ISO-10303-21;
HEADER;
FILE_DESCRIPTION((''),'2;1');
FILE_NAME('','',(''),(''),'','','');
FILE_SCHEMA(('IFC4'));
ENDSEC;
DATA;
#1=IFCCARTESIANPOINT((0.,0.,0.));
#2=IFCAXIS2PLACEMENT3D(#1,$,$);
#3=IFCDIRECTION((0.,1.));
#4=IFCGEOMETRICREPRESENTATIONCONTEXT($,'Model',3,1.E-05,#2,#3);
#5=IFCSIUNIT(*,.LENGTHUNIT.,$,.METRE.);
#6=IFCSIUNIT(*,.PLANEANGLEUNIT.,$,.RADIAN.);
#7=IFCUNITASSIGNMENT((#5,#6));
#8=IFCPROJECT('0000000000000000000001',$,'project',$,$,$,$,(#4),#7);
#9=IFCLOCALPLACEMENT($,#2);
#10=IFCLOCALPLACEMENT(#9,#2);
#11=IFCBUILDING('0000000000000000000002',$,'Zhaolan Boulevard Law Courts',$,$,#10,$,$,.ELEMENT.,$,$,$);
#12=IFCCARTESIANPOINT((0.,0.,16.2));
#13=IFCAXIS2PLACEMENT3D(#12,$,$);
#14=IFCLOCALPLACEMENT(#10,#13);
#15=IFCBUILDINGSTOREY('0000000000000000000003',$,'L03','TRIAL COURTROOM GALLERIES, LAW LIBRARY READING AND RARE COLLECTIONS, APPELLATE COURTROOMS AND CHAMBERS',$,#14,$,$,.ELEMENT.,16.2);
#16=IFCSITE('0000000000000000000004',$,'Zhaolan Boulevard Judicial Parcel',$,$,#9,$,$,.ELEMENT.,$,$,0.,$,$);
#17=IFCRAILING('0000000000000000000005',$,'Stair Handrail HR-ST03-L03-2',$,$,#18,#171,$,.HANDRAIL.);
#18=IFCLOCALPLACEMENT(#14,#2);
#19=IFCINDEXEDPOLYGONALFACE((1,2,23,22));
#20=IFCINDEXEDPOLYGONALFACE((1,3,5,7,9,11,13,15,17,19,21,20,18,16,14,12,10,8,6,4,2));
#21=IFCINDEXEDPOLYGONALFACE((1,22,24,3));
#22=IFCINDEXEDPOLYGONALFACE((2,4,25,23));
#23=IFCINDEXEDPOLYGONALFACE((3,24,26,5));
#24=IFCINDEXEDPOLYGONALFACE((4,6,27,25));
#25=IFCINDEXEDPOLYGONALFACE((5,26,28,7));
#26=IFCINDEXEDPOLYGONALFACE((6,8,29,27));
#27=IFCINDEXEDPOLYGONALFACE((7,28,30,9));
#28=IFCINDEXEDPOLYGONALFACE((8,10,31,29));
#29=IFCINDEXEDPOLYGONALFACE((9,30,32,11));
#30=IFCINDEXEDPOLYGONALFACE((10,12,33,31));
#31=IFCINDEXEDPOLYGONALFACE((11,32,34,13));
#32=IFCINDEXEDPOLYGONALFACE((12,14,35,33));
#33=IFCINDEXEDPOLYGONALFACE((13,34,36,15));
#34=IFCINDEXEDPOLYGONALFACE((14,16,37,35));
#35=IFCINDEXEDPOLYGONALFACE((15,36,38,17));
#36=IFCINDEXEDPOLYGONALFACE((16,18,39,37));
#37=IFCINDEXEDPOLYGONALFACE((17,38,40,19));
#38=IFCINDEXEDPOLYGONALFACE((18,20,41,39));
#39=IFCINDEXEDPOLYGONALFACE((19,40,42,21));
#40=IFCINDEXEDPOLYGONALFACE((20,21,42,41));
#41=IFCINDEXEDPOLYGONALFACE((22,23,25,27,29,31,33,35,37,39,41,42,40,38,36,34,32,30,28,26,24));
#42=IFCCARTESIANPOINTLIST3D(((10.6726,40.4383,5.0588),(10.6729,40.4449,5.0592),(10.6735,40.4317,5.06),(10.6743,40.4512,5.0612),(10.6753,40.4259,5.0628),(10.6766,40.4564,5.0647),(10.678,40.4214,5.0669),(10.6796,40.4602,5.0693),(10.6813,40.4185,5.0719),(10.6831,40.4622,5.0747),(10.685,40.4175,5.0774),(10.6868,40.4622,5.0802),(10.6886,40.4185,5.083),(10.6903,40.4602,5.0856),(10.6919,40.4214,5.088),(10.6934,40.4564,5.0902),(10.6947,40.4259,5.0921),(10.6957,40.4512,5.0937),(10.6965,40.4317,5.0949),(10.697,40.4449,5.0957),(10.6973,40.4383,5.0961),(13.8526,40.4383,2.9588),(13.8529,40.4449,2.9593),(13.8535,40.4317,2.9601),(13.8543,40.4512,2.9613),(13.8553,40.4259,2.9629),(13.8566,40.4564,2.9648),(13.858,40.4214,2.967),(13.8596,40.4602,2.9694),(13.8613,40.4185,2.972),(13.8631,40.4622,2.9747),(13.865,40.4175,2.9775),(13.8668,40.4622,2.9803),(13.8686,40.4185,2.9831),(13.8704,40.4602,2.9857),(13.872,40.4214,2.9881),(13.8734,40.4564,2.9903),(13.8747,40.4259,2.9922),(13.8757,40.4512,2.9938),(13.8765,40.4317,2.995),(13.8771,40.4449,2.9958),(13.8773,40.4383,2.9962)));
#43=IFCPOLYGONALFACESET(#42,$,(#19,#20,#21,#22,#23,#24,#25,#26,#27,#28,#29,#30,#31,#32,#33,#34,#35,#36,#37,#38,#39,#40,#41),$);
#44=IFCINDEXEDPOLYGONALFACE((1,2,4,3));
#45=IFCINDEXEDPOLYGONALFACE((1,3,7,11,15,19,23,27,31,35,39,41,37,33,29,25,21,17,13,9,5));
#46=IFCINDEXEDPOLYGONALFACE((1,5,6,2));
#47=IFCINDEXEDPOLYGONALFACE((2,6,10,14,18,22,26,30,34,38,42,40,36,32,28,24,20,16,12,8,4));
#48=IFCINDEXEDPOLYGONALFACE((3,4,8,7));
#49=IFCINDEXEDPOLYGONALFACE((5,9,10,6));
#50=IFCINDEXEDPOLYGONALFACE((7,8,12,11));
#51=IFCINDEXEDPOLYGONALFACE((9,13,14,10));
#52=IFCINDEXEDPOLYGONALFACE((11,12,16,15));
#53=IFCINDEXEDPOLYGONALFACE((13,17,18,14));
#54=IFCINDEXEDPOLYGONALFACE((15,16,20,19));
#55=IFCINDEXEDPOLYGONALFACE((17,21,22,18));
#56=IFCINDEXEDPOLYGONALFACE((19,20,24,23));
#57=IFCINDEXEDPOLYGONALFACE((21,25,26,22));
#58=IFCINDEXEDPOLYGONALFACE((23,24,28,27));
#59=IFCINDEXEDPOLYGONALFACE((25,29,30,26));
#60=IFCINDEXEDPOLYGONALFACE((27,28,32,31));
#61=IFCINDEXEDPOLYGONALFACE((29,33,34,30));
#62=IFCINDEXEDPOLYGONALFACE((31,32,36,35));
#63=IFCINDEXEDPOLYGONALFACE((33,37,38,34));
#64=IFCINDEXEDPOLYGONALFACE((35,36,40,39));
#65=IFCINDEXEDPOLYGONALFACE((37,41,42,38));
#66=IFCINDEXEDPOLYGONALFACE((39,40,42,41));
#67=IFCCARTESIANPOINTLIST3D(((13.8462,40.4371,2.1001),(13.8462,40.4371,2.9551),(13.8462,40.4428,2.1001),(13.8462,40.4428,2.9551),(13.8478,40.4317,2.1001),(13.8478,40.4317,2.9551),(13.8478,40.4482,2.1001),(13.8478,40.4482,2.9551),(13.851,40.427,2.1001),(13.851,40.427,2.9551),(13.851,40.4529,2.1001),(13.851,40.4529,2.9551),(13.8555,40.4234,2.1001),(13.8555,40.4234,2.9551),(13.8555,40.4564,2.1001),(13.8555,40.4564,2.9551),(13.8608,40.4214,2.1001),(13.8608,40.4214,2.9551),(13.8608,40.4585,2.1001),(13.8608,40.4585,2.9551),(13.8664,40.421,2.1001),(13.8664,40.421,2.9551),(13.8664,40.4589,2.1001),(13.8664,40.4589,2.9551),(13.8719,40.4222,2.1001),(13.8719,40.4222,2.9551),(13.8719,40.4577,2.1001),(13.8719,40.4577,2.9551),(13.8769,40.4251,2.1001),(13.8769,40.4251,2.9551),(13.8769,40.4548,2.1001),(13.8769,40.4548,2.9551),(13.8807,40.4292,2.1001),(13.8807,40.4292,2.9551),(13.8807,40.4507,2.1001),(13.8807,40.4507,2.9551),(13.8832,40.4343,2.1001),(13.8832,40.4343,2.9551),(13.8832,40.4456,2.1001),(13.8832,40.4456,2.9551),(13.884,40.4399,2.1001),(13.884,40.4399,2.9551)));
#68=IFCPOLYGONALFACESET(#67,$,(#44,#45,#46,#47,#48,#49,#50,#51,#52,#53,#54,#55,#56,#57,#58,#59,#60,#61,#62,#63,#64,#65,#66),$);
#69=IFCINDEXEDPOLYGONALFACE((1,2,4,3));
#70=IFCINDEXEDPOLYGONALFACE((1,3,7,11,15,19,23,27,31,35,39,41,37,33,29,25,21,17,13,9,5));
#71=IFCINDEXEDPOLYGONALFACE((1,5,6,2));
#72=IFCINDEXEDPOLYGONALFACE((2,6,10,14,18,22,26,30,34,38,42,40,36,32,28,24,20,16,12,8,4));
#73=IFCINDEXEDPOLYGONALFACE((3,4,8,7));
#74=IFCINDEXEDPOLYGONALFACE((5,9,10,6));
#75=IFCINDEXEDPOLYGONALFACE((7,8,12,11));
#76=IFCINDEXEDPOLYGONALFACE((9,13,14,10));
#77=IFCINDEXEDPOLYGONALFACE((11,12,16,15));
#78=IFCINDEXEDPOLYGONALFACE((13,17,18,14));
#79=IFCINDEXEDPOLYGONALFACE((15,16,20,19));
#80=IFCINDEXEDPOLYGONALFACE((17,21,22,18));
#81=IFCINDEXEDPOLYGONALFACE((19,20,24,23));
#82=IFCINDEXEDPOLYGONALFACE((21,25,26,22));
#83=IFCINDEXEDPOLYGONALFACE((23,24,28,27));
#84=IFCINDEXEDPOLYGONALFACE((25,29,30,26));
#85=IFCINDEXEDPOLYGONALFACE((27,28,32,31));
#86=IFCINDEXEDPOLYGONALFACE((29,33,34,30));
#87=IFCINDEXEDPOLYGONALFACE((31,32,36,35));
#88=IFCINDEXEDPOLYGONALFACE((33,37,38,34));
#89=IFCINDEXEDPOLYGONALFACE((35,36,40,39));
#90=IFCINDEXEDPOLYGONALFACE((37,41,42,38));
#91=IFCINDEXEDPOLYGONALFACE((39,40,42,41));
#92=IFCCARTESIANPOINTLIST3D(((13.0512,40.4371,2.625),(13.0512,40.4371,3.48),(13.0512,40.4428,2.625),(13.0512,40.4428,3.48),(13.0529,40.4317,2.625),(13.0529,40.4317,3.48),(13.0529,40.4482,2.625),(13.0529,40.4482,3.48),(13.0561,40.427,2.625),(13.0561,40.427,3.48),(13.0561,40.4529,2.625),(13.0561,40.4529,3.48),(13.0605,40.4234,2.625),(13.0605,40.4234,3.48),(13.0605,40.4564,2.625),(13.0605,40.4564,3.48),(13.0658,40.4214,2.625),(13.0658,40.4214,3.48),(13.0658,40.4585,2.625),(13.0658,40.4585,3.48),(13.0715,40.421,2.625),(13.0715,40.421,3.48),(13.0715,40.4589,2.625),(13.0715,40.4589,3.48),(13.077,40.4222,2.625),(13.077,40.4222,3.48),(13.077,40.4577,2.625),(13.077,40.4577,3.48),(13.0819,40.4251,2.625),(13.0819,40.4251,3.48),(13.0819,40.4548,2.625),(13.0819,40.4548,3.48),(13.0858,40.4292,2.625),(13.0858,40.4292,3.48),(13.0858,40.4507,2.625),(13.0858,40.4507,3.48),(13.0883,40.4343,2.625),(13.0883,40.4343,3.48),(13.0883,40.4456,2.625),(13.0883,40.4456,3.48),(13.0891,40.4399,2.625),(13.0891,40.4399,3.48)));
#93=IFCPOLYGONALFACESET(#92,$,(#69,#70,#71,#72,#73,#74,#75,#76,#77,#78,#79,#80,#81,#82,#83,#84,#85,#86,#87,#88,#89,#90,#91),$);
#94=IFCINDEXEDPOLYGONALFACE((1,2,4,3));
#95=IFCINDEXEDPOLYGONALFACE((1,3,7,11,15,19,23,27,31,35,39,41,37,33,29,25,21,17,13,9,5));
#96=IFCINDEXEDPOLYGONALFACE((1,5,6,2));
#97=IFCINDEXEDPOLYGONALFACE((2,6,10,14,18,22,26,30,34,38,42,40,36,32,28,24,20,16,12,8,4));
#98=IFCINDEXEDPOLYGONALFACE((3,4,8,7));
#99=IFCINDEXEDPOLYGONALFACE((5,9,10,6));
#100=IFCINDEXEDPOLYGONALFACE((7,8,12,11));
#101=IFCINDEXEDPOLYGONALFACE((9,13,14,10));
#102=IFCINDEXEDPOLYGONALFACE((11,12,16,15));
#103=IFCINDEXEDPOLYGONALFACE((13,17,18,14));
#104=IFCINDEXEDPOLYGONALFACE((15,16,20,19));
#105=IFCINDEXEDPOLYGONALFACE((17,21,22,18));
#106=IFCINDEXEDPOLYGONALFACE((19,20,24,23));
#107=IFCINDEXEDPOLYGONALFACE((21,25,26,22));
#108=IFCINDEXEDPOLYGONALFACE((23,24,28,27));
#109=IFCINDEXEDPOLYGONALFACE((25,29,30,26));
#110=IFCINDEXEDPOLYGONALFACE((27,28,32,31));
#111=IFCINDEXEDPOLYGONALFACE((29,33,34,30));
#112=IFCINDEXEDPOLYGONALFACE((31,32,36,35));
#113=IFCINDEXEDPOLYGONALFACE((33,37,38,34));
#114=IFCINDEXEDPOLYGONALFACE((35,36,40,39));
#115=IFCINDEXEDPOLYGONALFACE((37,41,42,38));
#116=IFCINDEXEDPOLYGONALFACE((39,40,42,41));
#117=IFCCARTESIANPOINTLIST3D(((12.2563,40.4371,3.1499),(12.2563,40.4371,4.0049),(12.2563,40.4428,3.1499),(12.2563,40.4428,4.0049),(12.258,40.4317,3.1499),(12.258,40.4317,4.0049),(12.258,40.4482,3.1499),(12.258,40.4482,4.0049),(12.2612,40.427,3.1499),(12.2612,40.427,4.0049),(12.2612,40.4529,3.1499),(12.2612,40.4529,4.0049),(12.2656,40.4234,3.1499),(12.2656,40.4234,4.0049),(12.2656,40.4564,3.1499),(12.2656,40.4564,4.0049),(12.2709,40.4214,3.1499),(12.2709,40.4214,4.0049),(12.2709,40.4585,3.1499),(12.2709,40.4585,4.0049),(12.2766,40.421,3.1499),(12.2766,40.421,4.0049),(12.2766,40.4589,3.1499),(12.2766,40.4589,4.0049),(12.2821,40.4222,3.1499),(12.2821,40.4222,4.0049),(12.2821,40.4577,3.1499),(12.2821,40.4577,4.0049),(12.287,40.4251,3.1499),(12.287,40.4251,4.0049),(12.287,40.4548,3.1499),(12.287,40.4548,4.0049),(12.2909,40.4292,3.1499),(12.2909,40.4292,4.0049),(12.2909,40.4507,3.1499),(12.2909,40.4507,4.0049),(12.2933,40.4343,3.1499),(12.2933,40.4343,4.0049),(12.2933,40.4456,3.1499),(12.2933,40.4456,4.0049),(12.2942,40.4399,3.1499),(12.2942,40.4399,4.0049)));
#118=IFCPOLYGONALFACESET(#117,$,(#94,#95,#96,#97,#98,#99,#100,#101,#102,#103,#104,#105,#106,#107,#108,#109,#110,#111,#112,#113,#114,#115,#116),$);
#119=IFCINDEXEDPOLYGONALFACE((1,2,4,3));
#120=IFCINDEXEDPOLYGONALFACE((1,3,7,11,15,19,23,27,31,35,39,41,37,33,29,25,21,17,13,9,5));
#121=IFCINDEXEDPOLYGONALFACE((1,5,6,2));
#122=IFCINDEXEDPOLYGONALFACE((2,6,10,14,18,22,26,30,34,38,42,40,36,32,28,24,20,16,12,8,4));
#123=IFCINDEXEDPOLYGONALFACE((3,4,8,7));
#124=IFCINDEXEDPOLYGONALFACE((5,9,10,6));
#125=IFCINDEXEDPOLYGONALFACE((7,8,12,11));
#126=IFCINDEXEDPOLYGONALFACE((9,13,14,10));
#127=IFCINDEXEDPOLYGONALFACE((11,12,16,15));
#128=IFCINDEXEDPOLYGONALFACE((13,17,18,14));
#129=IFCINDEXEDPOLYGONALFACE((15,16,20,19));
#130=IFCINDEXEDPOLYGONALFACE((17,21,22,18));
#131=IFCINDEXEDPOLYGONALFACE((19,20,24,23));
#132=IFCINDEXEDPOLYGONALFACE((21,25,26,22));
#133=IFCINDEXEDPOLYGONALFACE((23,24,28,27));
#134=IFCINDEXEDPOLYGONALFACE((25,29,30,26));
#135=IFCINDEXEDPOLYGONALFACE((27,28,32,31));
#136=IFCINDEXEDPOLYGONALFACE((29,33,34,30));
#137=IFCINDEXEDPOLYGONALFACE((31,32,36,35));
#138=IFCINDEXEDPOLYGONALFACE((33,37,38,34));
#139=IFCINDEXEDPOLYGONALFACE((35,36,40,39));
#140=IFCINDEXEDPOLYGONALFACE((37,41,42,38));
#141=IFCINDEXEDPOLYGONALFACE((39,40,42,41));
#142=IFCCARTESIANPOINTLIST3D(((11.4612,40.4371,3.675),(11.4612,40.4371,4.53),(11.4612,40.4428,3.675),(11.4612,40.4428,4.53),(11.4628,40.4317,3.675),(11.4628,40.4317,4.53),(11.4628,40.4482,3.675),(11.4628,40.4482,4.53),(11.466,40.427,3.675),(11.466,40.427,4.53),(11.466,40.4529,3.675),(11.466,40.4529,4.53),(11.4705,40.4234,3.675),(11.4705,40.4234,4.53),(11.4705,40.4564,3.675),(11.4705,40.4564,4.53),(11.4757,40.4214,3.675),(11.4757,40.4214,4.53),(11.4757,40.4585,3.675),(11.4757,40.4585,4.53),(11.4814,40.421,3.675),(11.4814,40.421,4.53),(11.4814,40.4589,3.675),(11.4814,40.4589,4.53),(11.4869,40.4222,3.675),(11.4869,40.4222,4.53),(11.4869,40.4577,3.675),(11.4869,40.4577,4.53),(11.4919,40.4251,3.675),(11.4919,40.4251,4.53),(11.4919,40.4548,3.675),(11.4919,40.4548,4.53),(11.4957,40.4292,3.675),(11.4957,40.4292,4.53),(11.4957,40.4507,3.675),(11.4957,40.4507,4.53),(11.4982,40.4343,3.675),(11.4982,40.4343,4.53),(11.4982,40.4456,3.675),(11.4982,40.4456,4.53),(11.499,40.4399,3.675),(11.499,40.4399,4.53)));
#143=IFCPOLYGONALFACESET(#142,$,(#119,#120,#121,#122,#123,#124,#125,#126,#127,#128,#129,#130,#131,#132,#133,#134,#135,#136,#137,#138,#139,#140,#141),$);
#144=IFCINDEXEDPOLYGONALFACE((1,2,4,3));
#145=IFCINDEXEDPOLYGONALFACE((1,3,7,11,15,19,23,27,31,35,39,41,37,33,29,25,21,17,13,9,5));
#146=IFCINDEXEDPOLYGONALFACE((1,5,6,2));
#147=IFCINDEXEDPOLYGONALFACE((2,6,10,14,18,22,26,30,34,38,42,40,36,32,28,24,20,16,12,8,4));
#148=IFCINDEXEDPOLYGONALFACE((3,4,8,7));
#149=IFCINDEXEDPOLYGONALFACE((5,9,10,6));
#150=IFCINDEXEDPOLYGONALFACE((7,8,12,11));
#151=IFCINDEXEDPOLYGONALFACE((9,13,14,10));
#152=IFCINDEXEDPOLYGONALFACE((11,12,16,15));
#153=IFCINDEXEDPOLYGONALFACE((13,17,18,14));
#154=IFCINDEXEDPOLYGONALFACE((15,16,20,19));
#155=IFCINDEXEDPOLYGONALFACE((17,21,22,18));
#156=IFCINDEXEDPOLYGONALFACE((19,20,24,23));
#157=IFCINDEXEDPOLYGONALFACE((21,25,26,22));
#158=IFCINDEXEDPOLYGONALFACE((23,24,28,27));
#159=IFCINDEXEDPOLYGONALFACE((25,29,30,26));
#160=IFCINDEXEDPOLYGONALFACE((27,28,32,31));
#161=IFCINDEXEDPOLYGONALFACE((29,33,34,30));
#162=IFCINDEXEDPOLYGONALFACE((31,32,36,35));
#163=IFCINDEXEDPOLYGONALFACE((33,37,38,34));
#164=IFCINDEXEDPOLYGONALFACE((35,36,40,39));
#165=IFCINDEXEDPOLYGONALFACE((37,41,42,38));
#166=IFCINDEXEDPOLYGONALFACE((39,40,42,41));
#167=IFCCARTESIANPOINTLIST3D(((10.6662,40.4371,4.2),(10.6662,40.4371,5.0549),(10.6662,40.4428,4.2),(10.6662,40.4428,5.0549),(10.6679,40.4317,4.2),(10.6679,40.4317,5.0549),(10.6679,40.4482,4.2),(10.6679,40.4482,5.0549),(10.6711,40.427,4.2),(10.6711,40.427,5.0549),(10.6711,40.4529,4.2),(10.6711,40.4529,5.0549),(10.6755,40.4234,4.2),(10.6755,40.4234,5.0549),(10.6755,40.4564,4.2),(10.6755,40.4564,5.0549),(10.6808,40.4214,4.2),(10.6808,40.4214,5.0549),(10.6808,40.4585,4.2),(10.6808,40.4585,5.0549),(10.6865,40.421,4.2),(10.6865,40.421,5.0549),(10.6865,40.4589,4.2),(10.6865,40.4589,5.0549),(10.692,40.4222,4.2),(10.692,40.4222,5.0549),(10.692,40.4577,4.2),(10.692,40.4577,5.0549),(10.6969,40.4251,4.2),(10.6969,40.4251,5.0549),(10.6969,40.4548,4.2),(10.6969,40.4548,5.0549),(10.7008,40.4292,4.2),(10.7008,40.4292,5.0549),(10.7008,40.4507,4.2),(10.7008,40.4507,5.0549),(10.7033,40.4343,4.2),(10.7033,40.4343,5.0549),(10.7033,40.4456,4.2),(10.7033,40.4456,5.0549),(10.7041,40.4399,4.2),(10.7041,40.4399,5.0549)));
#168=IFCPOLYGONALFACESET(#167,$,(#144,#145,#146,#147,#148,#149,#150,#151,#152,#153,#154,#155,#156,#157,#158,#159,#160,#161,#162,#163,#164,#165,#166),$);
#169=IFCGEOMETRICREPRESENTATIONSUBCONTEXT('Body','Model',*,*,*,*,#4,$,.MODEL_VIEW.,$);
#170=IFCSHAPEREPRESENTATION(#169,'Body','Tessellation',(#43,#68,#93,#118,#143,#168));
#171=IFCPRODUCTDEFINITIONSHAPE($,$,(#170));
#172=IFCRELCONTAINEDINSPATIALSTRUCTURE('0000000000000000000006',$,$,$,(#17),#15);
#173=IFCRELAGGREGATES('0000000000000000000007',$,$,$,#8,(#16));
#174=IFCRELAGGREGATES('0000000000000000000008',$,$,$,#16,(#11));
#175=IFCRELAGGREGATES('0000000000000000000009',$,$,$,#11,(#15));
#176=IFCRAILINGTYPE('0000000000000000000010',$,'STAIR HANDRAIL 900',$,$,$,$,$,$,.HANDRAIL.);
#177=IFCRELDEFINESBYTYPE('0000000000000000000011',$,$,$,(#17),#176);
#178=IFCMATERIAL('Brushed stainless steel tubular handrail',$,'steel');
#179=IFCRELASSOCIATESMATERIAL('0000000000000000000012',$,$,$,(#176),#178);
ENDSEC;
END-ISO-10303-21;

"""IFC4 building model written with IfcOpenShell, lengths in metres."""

from ifc_helpers import new_model, si_unit, direction, frame, origin, origin_2d, place, context, subcontext, project, spatial, circle, extrude, material, type_object, element, save


model = new_model("IFC4")

# Units and contexts
model_context = context("Model", 3, precision=1e-05, world=origin(), true_north=direction((0.0, 1.0)))
body_context = subcontext(model_context, "Body", "Model", "MODEL_VIEW")
ifc_project = project(units=[si_unit("LENGTHUNIT", "METRE"), si_unit("PLANEANGLEUNIT", "RADIAN")], contexts=[model_context])

# Site, building, storey
site_placement = place(None, origin())
site = spatial("IfcSite", under=ifc_project, at=site_placement, Name="Zhaolan Boulevard Judicial Parcel", CompositionType="ELEMENT", RefElevation=0.0)
building_placement = place(site_placement, origin())
building = spatial("IfcBuilding", under=site, at=building_placement, Name="Zhaolan Boulevard Law Courts", CompositionType="ELEMENT")
storey_placement = place(building_placement, frame((0.0, 0.0, 16.2)))
storey = spatial("IfcBuildingStorey", under=building, at=storey_placement, Name="L03", Description="TRIAL COURTROOM GALLERIES, LAW LIBRARY READING AND RARE COLLECTIONS, APPELLATE COURTROOMS AND CHAMBERS", CompositionType="ELEMENT", Elevation=16.2)

# Railing
ifc_material_1 = material(Name="Brushed stainless steel tubular handrail", Category="steel")
railing_type_1 = type_object("IfcRailingType", Name="STAIR HANDRAIL 900", PredefinedType="HANDRAIL", material=ifc_material_1)
railing_1_placement = place(storey_placement, frame((13.865, 40.4399, 2.1001)))
element("IfcRailing", 1, at=railing_1_placement, inside=storey, type_object=railing_type_1, Name="Stair Handrail HR-ST03-L03-2", PredefinedType="HANDRAIL", context=body_context, shape_type="SweptSolid", body=[
    extrude(circle(Radius=0.0225, at=origin_2d()), frame((0.0, 0.0, 0.8774), z_axis=(-0.834477, 0.0, 0.551043), x_axis=(0.0, -1.0, 0.0)), (0.0, 0.0, 1.0), 3.8108),
    extrude(circle(Radius=0.019, at=origin_2d()), origin(), (0.0, 0.0, 1.0), 0.855),
    extrude(circle(Radius=0.019, at=origin_2d()), frame((-0.7949, 0.0, 0.5249)), (0.0, 0.0, 1.0), 0.855),
    extrude(circle(Radius=0.019, at=origin_2d()), frame((-1.5898, 0.0, 1.0498)), (0.0, 0.0, 1.0), 0.855),
    extrude(circle(Radius=0.019, at=origin_2d()), frame((-2.385, 0.0, 1.575)), (0.0, 0.0, 1.0), 0.855),
    extrude(circle(Radius=0.019, at=origin_2d()), frame((-3.1799, 0.0, 2.0999)), (0.0, 0.0, 1.0), 0.855),
])

save(model, "model.ifc")
